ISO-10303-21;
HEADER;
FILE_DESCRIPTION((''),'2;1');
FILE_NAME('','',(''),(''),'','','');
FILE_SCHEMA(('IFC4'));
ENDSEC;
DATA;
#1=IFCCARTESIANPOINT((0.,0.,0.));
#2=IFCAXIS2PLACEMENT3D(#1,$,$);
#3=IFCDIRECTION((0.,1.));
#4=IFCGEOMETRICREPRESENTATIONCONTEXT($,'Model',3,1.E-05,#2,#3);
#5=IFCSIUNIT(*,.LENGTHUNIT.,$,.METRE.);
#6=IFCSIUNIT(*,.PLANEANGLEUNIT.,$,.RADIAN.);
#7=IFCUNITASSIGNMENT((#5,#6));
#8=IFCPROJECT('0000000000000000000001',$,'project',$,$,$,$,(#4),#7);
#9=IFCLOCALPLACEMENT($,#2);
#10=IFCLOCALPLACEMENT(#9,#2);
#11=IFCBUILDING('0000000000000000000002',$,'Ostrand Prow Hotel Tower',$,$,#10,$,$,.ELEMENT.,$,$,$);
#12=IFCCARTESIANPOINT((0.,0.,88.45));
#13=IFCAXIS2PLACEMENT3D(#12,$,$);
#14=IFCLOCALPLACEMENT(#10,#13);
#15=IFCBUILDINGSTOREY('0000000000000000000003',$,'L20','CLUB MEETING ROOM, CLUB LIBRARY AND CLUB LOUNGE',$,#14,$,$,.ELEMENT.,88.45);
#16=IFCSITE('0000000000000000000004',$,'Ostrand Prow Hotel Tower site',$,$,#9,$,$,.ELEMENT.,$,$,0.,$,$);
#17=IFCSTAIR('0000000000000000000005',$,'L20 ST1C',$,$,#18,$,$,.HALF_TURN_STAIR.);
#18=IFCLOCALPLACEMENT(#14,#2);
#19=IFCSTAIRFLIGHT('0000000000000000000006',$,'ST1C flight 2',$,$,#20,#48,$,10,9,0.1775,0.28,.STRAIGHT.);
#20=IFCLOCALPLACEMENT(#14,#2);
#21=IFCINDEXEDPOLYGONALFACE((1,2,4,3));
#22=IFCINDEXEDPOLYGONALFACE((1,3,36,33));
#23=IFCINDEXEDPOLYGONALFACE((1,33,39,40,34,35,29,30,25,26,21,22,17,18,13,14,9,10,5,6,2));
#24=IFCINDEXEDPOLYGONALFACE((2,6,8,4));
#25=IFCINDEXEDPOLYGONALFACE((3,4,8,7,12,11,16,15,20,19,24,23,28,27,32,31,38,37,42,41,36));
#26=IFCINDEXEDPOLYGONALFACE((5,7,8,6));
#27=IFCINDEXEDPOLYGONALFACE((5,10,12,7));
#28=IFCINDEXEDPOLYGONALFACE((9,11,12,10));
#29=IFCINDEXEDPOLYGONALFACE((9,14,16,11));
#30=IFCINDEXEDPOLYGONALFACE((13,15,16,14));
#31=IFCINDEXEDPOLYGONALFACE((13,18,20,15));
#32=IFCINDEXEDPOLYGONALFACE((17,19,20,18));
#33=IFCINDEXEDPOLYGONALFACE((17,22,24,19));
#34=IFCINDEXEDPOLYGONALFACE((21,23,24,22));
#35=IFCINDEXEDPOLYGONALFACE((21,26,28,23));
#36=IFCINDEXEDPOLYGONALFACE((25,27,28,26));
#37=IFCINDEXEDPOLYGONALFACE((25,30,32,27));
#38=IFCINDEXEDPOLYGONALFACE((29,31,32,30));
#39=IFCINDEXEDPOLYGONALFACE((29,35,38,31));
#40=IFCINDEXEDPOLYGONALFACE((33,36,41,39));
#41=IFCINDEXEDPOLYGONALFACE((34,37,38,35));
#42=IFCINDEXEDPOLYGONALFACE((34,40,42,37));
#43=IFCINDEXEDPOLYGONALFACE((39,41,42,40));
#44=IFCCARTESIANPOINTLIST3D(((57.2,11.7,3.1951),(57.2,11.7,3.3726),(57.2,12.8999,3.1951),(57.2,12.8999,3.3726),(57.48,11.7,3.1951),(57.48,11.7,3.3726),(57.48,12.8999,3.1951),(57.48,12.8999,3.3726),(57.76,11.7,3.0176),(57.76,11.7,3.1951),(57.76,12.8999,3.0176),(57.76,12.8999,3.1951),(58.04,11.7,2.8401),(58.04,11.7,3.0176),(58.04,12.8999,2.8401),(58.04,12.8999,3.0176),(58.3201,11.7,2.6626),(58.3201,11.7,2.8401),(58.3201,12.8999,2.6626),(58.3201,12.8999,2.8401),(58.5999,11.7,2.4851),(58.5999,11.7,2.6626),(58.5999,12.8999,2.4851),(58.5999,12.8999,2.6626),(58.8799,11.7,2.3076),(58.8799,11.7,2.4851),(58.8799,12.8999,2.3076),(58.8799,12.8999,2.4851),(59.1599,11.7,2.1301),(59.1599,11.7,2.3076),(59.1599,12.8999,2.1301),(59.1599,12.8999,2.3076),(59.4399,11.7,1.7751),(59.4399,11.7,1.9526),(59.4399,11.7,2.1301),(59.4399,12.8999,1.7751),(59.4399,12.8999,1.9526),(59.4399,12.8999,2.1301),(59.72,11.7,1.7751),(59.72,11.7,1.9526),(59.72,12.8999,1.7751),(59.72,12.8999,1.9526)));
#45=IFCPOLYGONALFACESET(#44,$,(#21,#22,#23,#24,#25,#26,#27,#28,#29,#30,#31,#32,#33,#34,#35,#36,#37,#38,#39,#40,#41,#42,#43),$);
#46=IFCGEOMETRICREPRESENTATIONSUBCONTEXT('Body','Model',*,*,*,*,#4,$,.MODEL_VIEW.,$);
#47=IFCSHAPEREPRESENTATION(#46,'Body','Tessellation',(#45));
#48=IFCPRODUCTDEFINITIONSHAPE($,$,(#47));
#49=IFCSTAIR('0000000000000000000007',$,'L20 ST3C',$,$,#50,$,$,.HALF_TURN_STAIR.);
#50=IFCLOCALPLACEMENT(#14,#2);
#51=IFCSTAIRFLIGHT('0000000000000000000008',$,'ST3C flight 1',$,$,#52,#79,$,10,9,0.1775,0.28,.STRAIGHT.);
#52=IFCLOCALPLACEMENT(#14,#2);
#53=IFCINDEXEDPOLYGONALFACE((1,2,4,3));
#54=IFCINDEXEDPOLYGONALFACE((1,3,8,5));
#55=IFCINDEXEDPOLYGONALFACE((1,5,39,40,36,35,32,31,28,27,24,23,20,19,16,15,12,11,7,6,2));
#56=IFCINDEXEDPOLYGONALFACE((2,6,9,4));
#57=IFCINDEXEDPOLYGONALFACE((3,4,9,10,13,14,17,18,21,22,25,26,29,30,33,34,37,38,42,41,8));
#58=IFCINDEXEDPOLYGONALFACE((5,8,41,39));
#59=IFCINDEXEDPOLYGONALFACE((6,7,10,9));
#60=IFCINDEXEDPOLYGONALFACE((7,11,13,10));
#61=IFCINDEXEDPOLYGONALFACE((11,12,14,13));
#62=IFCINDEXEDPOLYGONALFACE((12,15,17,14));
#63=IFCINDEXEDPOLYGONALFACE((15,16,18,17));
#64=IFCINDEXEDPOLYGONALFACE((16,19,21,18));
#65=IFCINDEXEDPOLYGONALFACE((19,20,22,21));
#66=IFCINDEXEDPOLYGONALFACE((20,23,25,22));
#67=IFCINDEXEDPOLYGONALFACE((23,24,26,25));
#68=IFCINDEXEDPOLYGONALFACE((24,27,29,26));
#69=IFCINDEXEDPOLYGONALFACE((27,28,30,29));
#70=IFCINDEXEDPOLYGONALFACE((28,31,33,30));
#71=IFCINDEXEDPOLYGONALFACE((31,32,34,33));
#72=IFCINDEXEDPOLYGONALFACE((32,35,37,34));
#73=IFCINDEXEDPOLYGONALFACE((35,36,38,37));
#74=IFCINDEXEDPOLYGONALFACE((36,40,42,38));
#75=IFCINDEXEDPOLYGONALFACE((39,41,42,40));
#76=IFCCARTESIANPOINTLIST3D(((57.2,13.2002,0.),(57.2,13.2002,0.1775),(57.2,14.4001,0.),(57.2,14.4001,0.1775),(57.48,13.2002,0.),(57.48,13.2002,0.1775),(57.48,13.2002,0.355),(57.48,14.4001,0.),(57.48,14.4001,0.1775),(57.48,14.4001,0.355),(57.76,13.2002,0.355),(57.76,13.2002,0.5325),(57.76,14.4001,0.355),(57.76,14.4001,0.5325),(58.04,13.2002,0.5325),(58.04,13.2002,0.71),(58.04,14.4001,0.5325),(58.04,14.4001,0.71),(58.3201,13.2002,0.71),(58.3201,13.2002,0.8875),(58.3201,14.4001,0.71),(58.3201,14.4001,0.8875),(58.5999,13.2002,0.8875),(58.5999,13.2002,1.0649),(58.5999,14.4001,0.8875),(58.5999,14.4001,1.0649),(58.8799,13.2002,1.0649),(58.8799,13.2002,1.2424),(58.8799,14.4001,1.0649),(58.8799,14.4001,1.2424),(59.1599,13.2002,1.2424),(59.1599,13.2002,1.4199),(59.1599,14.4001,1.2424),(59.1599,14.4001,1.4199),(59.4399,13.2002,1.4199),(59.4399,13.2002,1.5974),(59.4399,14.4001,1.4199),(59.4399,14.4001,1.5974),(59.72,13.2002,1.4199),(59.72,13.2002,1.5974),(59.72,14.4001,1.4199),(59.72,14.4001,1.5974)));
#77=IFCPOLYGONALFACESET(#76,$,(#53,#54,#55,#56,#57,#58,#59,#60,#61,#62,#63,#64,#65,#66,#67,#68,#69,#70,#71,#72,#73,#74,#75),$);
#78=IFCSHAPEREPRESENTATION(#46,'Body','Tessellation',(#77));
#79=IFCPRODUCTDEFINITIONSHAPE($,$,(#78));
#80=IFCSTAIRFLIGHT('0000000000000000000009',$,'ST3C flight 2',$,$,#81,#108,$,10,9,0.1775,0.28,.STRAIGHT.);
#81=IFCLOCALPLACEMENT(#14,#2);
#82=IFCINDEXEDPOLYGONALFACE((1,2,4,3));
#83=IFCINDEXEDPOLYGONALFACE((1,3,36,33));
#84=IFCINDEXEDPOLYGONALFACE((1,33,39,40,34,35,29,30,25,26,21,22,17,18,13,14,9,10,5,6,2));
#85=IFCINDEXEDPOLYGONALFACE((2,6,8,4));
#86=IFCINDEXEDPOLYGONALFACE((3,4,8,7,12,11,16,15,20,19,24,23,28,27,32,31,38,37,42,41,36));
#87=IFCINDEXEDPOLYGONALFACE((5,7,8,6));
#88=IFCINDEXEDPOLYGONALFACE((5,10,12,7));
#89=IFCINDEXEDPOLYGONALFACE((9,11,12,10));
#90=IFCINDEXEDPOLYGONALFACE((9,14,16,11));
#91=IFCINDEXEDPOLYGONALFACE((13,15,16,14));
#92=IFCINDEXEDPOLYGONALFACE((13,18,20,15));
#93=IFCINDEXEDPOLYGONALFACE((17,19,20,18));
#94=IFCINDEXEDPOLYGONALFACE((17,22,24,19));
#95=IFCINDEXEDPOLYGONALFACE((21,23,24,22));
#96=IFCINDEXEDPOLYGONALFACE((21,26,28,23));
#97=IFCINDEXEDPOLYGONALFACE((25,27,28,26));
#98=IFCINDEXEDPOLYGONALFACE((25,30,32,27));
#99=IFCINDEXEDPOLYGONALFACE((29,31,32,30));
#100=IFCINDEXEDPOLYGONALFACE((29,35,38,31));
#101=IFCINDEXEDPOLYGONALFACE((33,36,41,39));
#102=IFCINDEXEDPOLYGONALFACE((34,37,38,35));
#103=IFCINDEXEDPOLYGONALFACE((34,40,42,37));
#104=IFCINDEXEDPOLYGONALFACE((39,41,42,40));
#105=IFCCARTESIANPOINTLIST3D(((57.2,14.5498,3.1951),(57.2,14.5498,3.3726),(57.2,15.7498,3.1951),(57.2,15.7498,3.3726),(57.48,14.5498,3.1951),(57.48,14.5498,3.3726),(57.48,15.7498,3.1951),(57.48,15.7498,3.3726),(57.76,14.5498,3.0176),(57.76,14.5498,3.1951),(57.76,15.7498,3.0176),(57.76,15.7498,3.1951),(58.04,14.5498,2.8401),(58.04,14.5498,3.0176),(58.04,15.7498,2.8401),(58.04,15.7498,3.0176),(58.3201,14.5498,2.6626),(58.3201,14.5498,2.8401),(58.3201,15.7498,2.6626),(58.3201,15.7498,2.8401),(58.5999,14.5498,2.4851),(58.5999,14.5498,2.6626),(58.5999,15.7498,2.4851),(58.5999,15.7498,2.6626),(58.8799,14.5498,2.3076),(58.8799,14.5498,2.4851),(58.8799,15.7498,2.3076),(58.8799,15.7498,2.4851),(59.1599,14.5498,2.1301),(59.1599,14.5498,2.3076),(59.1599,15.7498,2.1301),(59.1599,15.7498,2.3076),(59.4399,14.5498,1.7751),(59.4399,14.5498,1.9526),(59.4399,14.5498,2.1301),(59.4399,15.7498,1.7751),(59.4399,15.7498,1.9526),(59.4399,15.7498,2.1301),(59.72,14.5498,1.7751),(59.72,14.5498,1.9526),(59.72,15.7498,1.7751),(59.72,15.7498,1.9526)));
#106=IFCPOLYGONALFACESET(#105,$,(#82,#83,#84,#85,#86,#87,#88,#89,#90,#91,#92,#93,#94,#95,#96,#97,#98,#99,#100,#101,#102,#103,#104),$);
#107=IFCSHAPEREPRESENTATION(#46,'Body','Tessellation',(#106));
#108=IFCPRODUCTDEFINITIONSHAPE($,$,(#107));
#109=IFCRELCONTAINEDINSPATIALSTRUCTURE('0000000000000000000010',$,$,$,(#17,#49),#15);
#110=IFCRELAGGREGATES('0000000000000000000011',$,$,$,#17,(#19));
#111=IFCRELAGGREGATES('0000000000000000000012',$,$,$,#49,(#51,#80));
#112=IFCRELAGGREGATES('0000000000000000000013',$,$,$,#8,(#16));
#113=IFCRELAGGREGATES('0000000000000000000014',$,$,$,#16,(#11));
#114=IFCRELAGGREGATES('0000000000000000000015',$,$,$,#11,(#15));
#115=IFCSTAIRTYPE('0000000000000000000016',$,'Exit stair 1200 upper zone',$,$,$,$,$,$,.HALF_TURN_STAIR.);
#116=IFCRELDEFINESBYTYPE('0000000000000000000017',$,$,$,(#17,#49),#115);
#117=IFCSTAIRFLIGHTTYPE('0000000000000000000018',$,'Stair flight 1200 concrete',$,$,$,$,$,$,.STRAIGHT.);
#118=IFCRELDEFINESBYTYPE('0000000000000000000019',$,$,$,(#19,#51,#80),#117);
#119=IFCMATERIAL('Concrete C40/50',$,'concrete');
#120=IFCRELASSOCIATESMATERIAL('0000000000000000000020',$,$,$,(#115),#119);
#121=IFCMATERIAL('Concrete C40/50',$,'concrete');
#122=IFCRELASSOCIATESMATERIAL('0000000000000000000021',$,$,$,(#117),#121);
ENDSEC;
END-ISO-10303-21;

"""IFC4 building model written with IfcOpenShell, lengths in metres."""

from ifc_helpers import new_model, si_unit, direction, frame, origin, place, context, subcontext, project, spatial, polyline, outline, extrude, material, type_object, element, aggregate, save


model = new_model("IFC4")

# Units and contexts
model_context = context("Model", 3, precision=1e-05, world=origin(), true_north=direction((0.0, 1.0)))
body_context = subcontext(model_context, "Body", "Model", "MODEL_VIEW")
ifc_project = project(units=[si_unit("LENGTHUNIT", "METRE"), si_unit("PLANEANGLEUNIT", "RADIAN")], contexts=[model_context])

# Site, building, storey
site_placement = place(None, origin())
site = spatial("IfcSite", under=ifc_project, at=site_placement, Name="Ostrand Prow Hotel Tower site", CompositionType="ELEMENT", RefElevation=0.0)
building_placement = place(site_placement, origin())
building = spatial("IfcBuilding", under=site, at=building_placement, Name="Ostrand Prow Hotel Tower", CompositionType="ELEMENT")
storey_placement = place(building_placement, frame((0.0, 0.0, 88.45)))
storey = spatial("IfcBuildingStorey", under=building, at=storey_placement, Name="L20", Description="CLUB MEETING ROOM, CLUB LIBRARY AND CLUB LOUNGE", CompositionType="ELEMENT", Elevation=88.45)

# Stair, stair flight
ifc_material_1 = material(Name="Concrete C40/50", Category="concrete")
stair_type = type_object("IfcStairType", Name="Exit stair 1200 upper zone", PredefinedType="HALF_TURN_STAIR", material=ifc_material_1)
stair_1_placement = place(storey_placement, origin())
stair_1 = element("IfcStair", 1, at=stair_1_placement, inside=storey, type_object=stair_type, Name="L20 ST1C", PredefinedType="HALF_TURN_STAIR")
ifc_material_2 = material(Name="Concrete C40/50", Category="concrete")
stair_flight_type = type_object("IfcStairFlightType", Name="Stair flight 1200 concrete", PredefinedType="STRAIGHT", material=ifc_material_2)
stair_flight_1_placement = place(storey_placement, frame((59.72, 12.3, 1.7751), z_axis=(0.0, 0.0, 1.0), x_axis=(-1.0, 0.0, 0.0)))
stair_flight_1 = element("IfcStairFlight", 2, at=stair_flight_1_placement, type_object=stair_flight_type, Name="ST1C flight 2", NumberOfRisers=10, NumberOfTreads=9, PredefinedType="STRAIGHT", RiserHeight=0.1775, TreadLength=0.28, context=body_context, shape_type="SweptSolid", body=[
    extrude(outline(polyline([(0.0, 0.0), (0.0, 0.1775), (0.28, 0.1775), (0.28, 0.355), (0.5601, 0.355), (0.5601, 0.5325), (0.8401, 0.5325), (0.8401, 0.71), (1.1201, 0.71), (1.1201, 0.8875), (1.3999, 0.8875), (1.3999, 1.0649), (1.6799, 1.0649), (1.6799, 1.2424), (1.96, 1.2424), (1.96, 1.4199), (2.24, 1.4199), (2.24, 1.5974), (2.52, 1.5974), (2.52, 1.7749), (2.52, 1.4199), (0.28, 0.0), (0.0, 0.0)])), frame((0.0, 0.6001, 0.0), z_axis=(0.0, -1.0, 0.0), x_axis=(1.0, 0.0, 0.0)), (0.0, 0.0, 1.0), 1.2),
])
aggregate(stair_1, [stair_flight_1])

# Stair, stair flights
stair_2_placement = place(storey_placement, origin())
stair_2 = element("IfcStair", 3, at=stair_2_placement, inside=storey, type_object=stair_type, Name="L20 ST3C", PredefinedType="HALF_TURN_STAIR")
stair_flight_2_placement = place(storey_placement, frame((57.2, 13.8, 0.0), z_axis=(0.0, 0.0, 1.0), x_axis=(1.0, 0.0, 0.0)))
stair_flight_2 = element("IfcStairFlight", 4, at=stair_flight_2_placement, type_object=stair_flight_type, Name="ST3C flight 1", NumberOfRisers=10, NumberOfTreads=9, PredefinedType="STRAIGHT", RiserHeight=0.1775, TreadLength=0.28, context=body_context, shape_type="SweptSolid", body=[
    extrude(outline(polyline([(0.0, 0.0), (0.0, 0.1775), (0.28, 0.1775), (0.28, 0.355), (0.5601, 0.355), (0.5601, 0.5325), (0.8401, 0.5325), (0.8401, 0.71), (1.1201, 0.71), (1.1201, 0.8875), (1.3999, 0.8875), (1.3999, 1.0649), (1.6799, 1.0649), (1.6799, 1.2424), (1.96, 1.2424), (1.96, 1.4199), (2.24, 1.4199), (2.24, 1.5974), (2.52, 1.5974), (2.52, 1.7749), (2.52, 1.4199), (0.28, 0.0), (0.0, 0.0)])), frame((0.0, 0.6001, 0.0), z_axis=(0.0, -1.0, 0.0), x_axis=(1.0, 0.0, 0.0)), (0.0, 0.0, 1.0), 1.2),
])
stair_flight_3_placement = place(storey_placement, frame((59.72, 15.1499, 1.7751), z_axis=(0.0, 0.0, 1.0), x_axis=(-1.0, 0.0, 0.0)))
stair_flight_3 = element("IfcStairFlight", 5, at=stair_flight_3_placement, type_object=stair_flight_type, Name="ST3C flight 2", NumberOfRisers=10, NumberOfTreads=9, PredefinedType="STRAIGHT", RiserHeight=0.1775, TreadLength=0.28, context=body_context, shape_type="SweptSolid", body=[
    extrude(outline(polyline([(0.0, 0.0), (0.0, 0.1775), (0.28, 0.1775), (0.28, 0.355), (0.5601, 0.355), (0.5601, 0.5325), (0.8401, 0.5325), (0.8401, 0.71), (1.1201, 0.71), (1.1201, 0.8875), (1.3999, 0.8875), (1.3999, 1.0649), (1.6799, 1.0649), (1.6799, 1.2424), (1.96, 1.2424), (1.96, 1.4199), (2.24, 1.4199), (2.24, 1.5974), (2.52, 1.5974), (2.52, 1.7749), (2.52, 1.4199), (0.28, 0.0), (0.0, 0.0)])), frame((0.0, 0.6001, 0.0), z_axis=(0.0, -1.0, 0.0), x_axis=(1.0, 0.0, 0.0)), (0.0, 0.0, 1.0), 1.2),
])
aggregate(stair_2, [stair_flight_2, stair_flight_3])

save(model, "model.ifc")
